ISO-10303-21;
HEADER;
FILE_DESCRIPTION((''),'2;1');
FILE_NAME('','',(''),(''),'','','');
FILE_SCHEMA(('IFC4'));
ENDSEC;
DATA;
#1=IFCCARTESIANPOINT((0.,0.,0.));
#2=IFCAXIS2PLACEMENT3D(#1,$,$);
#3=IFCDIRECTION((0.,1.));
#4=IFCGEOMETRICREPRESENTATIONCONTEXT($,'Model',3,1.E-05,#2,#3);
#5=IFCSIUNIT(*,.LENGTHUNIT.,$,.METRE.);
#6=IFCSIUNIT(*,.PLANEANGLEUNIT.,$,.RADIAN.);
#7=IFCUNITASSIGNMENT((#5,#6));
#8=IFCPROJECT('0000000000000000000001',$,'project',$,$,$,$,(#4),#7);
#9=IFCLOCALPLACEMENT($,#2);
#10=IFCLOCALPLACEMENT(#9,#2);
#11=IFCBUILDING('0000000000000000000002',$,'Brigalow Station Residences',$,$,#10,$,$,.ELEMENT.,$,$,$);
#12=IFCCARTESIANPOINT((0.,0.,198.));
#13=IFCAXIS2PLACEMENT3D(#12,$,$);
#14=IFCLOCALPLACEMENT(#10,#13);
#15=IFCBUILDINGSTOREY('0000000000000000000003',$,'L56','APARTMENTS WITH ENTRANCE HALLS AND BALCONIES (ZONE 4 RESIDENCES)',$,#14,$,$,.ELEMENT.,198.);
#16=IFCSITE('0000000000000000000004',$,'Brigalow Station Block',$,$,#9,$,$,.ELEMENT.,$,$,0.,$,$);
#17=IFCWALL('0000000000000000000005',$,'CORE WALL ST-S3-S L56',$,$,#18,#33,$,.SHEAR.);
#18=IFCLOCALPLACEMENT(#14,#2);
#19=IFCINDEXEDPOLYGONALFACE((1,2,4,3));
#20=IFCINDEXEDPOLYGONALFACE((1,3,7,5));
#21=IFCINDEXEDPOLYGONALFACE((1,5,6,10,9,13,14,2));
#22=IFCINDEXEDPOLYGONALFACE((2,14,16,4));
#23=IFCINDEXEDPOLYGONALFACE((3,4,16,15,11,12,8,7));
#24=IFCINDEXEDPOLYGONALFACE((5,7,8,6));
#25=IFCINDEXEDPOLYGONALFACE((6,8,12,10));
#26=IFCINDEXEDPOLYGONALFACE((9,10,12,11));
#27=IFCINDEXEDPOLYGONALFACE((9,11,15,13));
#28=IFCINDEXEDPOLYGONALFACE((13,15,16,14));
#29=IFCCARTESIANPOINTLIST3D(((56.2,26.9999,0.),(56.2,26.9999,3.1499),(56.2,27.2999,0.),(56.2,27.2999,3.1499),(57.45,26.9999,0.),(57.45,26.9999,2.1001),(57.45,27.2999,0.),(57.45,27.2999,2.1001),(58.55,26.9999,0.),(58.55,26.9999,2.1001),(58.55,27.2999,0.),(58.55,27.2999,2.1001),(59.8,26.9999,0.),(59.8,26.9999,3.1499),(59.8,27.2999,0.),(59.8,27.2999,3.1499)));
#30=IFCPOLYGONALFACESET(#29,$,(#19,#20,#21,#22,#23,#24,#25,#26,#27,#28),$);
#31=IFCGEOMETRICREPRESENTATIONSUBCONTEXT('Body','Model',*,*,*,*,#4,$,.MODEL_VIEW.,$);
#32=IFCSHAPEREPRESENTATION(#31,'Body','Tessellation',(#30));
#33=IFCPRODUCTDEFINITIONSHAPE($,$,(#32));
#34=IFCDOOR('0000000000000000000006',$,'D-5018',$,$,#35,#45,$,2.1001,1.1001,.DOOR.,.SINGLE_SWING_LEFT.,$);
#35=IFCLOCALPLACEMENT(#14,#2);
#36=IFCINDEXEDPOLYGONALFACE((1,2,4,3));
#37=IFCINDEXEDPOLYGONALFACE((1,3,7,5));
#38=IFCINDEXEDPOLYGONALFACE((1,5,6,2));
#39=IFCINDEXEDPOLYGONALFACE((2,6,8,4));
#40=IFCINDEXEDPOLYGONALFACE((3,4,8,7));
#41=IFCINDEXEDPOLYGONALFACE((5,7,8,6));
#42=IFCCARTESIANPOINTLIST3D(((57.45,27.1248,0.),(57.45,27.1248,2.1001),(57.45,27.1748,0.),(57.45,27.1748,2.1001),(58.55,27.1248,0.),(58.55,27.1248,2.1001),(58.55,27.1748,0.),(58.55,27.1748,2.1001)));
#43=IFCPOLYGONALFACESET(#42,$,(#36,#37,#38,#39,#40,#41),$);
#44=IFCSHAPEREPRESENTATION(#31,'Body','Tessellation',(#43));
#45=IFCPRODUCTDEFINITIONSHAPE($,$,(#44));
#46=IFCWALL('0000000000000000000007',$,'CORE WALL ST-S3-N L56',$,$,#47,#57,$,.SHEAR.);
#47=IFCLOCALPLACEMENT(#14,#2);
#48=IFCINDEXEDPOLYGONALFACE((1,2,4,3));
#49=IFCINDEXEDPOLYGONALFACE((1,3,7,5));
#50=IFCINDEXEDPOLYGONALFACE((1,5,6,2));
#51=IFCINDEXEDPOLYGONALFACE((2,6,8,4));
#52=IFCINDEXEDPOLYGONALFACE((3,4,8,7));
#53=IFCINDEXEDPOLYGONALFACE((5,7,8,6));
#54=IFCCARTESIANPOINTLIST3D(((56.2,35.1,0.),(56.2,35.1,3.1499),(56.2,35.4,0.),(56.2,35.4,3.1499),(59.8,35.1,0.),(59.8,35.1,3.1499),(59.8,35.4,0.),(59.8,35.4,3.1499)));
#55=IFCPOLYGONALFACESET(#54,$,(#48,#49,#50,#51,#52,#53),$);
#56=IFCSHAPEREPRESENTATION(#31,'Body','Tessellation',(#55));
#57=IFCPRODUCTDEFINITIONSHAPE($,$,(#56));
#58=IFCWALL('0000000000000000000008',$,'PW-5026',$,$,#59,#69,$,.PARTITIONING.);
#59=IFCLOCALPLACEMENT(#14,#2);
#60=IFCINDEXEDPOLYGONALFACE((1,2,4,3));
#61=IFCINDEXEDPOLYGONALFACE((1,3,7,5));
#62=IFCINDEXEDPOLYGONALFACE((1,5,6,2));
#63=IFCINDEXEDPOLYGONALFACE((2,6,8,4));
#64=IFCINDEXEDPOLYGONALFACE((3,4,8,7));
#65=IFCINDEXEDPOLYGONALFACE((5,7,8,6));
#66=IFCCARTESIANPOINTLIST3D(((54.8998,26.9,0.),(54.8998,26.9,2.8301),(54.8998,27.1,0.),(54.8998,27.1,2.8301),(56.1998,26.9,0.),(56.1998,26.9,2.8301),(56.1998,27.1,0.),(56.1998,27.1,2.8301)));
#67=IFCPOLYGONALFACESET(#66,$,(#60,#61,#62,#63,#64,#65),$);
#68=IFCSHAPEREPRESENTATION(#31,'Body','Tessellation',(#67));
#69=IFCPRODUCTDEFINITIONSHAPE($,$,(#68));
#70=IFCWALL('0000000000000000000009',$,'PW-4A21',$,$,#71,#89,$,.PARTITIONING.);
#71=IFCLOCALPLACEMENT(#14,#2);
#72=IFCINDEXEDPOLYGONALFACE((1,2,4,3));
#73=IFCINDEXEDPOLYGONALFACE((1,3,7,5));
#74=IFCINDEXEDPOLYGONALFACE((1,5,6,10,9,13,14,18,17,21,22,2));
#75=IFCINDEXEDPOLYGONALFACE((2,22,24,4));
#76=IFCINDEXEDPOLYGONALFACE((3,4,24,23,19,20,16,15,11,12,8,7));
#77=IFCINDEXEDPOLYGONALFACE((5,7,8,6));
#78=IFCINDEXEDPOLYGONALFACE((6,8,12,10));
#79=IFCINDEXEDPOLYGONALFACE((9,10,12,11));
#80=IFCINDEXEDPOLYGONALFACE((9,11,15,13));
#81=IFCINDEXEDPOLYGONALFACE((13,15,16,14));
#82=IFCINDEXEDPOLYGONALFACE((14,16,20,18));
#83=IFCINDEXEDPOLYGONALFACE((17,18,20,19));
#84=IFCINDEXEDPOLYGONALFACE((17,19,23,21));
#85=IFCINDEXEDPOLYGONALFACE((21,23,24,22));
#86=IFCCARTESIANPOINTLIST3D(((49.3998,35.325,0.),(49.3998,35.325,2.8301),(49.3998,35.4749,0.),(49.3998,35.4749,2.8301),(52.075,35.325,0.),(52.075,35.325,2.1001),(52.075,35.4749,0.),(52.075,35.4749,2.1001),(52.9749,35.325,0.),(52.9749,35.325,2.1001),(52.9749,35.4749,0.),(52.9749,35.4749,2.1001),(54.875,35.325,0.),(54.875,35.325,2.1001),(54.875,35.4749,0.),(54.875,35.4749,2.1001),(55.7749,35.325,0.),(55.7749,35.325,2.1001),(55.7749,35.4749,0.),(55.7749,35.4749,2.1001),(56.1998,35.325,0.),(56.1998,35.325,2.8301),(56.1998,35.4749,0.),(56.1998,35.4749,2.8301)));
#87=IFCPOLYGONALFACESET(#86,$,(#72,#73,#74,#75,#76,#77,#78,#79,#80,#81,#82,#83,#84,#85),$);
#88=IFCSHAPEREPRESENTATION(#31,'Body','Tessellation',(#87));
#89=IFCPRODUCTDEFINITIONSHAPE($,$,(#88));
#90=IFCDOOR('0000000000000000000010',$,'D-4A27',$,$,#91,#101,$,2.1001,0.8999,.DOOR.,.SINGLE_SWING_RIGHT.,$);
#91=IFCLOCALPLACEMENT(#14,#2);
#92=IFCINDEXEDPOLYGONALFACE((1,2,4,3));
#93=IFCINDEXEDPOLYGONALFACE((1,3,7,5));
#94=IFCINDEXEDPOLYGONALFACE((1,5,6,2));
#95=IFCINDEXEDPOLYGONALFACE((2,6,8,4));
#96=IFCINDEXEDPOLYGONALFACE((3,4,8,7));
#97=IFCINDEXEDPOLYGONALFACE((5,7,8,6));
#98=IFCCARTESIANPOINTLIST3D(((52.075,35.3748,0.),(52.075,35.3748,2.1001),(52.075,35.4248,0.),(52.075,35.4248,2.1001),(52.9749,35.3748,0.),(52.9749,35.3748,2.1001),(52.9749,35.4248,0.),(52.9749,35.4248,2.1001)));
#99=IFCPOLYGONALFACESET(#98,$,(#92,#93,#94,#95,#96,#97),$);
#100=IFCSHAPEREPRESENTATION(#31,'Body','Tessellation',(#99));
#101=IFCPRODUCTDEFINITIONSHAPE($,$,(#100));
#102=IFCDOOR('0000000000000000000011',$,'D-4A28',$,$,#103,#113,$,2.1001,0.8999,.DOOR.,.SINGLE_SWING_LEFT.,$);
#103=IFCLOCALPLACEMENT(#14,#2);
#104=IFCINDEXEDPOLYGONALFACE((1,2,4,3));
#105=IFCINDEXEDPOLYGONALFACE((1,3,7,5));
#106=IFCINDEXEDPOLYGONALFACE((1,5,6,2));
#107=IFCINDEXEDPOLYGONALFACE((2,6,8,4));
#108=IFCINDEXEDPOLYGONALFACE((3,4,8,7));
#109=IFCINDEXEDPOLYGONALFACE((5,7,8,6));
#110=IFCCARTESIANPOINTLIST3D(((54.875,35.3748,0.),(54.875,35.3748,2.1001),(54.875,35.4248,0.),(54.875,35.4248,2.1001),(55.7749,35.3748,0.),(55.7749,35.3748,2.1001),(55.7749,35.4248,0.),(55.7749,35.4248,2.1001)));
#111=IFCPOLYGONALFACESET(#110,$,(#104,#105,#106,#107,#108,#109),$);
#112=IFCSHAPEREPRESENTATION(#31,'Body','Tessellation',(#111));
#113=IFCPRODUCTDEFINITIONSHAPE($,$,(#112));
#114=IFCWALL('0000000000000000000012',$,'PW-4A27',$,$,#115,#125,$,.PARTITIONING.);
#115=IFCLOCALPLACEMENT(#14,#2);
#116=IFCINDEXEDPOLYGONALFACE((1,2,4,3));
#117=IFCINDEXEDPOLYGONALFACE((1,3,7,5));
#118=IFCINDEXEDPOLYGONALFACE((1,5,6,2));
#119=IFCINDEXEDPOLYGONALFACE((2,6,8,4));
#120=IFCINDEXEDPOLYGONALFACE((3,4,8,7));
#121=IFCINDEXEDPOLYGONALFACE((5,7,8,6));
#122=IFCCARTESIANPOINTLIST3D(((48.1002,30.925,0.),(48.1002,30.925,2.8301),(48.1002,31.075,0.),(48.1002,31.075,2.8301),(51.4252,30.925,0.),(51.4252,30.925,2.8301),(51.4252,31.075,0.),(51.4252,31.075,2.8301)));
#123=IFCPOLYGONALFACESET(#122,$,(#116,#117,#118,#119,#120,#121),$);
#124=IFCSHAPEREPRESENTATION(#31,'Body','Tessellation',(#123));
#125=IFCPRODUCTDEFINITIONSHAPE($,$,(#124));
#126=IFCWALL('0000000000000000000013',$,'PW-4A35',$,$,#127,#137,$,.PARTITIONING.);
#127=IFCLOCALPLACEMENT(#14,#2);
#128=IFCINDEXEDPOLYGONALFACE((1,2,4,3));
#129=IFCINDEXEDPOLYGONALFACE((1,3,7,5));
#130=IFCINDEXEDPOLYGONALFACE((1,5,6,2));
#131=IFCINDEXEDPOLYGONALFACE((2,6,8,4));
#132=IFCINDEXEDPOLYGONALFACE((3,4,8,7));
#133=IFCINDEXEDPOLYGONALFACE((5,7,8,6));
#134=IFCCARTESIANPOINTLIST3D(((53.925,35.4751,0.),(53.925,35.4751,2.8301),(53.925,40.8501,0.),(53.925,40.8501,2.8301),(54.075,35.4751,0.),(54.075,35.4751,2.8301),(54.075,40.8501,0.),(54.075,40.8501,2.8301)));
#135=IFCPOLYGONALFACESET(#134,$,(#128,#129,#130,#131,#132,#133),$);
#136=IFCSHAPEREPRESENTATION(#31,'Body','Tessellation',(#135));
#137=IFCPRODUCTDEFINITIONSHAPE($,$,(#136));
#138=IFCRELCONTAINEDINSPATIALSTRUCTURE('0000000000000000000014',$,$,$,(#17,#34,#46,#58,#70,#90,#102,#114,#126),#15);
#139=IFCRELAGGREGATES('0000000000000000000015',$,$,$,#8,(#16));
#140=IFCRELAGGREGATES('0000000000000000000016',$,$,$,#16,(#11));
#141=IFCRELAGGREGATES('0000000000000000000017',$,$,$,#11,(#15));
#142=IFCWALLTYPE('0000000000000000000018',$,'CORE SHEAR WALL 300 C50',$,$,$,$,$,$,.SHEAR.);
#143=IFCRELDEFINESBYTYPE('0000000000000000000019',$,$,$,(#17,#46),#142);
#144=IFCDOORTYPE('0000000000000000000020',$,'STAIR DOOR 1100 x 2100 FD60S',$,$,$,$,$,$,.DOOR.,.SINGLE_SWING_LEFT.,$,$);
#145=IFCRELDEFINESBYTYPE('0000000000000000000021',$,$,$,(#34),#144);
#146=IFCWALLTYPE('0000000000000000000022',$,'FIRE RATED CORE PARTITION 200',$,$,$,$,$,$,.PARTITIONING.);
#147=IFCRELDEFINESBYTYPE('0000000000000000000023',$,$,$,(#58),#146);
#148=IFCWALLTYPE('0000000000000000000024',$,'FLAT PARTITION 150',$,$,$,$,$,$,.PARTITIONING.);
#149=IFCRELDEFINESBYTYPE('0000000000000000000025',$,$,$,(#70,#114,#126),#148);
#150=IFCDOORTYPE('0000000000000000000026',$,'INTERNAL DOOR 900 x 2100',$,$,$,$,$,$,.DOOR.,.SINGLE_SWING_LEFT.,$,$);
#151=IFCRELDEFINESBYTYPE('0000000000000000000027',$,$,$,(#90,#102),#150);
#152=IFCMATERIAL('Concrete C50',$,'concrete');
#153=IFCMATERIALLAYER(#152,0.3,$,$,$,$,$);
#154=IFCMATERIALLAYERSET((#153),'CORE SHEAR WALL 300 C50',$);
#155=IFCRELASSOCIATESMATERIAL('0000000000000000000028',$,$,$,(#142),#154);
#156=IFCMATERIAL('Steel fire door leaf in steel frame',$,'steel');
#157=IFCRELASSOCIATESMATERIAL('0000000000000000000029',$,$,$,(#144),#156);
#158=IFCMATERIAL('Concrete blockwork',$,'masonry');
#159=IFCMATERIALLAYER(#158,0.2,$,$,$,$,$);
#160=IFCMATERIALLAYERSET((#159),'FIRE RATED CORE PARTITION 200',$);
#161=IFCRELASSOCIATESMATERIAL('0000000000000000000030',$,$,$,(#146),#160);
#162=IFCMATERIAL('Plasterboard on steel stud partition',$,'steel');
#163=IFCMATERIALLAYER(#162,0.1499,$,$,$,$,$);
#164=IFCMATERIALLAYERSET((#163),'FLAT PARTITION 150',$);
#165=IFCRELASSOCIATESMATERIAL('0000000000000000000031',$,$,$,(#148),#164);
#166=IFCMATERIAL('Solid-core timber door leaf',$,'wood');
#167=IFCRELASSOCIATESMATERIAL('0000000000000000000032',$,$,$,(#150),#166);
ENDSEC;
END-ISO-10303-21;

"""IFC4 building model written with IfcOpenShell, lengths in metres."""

from ifc_helpers import new_model, si_unit, direction, frame, frame_2d, origin, place, context, subcontext, project, spatial, rectangle, extrude, material, layer, layer_set, type_object, element, fill, save


model = new_model("IFC4")

# Units and contexts
model_context = context("Model", 3, precision=1e-05, world=origin(), true_north=direction((0.0, 1.0)))
body_context = subcontext(model_context, "Body", "Model", "MODEL_VIEW")
ifc_project = project(units=[si_unit("LENGTHUNIT", "METRE"), si_unit("PLANEANGLEUNIT", "RADIAN")], contexts=[model_context])

# Site, building, storey
site_placement = place(None, origin())
site = spatial("IfcSite", under=ifc_project, at=site_placement, Name="Brigalow Station Block", CompositionType="ELEMENT", RefElevation=0.0)
building_placement = place(site_placement, origin())
building = spatial("IfcBuilding", under=site, at=building_placement, Name="Brigalow Station Residences", CompositionType="ELEMENT")
storey_placement = place(building_placement, frame((0.0, 0.0, 198.0)))
storey = spatial("IfcBuildingStorey", under=building, at=storey_placement, Name="L56", Description="APARTMENTS WITH ENTRANCE HALLS AND BALCONIES (ZONE 4 RESIDENCES)", CompositionType="ELEMENT", Elevation=198.0)

# Wall, opening, door
ifc_material_1 = material(Name="Concrete C50", Category="concrete")
ifc_layer_1 = layer(ifc_material_1, 0.3)
ifc_layer_set_1 = layer_set([ifc_layer_1], Name="CORE SHEAR WALL 300 C50")
wall_type_1 = type_object("IfcWallType", Name="CORE SHEAR WALL 300 C50", PredefinedType="SHEAR", material=ifc_layer_set_1)
wall_1_placement = place(storey_placement, frame((56.2, 27.1499, 0.0), z_axis=(0.0, 0.0, 1.0), x_axis=(1.0, 0.0, 0.0)))
wall_1 = element("IfcWall", 1, at=wall_1_placement, inside=storey, type_object=wall_type_1, Name="CORE WALL ST-S3-S L56", PredefinedType="SHEAR", context=body_context, shape_type="SweptSolid", body=[
    extrude(rectangle(XDim=3.6001, YDim=0.3, at=frame_2d((1.8, 0.0))), origin(), (0.0, 0.0, 1.0), 3.1499),
])
opening_1_placement = place(wall_1_placement, frame((1.25, 0.0, 0.0)))
opening_1 = element("IfcOpeningElement", 2, at=opening_1_placement, cuts=wall_1, PredefinedType="OPENING", context=body_context, shape_type="SweptSolid", body=[
    extrude(rectangle(XDim=1.1001, YDim=2.1001, at=frame_2d((0.55, 1.05))), frame((0.0, 0.1602, 0.0), z_axis=(0.0, -1.0, 0.0), x_axis=(1.0, 0.0, 0.0)), (0.0, 0.0, 1.0), 0.3201),
])
ifc_material_2 = material(Name="Steel fire door leaf in steel frame", Category="steel")
door_type_1 = type_object("IfcDoorType", Name="STAIR DOOR 1100 x 2100 FD60S", OperationType="SINGLE_SWING_LEFT", PredefinedType="DOOR", material=ifc_material_2)
door_1_placement = place(opening_1_placement, origin())
door_1 = element("IfcDoor", 3, at=door_1_placement, inside=storey, type_object=door_type_1, Name="D-5018", OperationType="SINGLE_SWING_LEFT", OverallHeight=2.1001, OverallWidth=1.1001, PredefinedType="DOOR", context=body_context, shape_type="SweptSolid", body=[
    extrude(rectangle(XDim=1.1001, YDim=2.1001, at=frame_2d((0.55, 1.05))), frame((0.0, 0.0249, 0.0), z_axis=(0.0, -1.0, 0.0), x_axis=(1.0, 0.0, 0.0)), (0.0, 0.0, 1.0), 0.05),
])
fill(opening_1, door_1)

# Walls
wall_2_placement = place(storey_placement, frame((56.2, 35.25, 0.0), z_axis=(0.0, 0.0, 1.0), x_axis=(1.0, 0.0, 0.0)))
element("IfcWall", 4, at=wall_2_placement, inside=storey, type_object=wall_type_1, Name="CORE WALL ST-S3-N L56", PredefinedType="SHEAR", context=body_context, shape_type="SweptSolid", body=[
    extrude(rectangle(XDim=3.6001, YDim=0.3, at=frame_2d((1.8, 0.0))), origin(), (0.0, 0.0, 1.0), 3.1499),
])
ifc_material_3 = material(Name="Concrete blockwork", Category="masonry")
ifc_layer_2 = layer(ifc_material_3, 0.2)
ifc_layer_set_2 = layer_set([ifc_layer_2], Name="FIRE RATED CORE PARTITION 200")
wall_type_2 = type_object("IfcWallType", Name="FIRE RATED CORE PARTITION 200", PredefinedType="PARTITIONING", material=ifc_layer_set_2)
wall_3_placement = place(storey_placement, frame((54.8999, 27.0, 0.0), z_axis=(0.0, 0.0, 1.0), x_axis=(1.0, 0.0, 0.0)))
element("IfcWall", 5, at=wall_3_placement, inside=storey, type_object=wall_type_2, Name="PW-5026", PredefinedType="PARTITIONING", context=body_context, shape_type="SweptSolid", body=[
    extrude(rectangle(XDim=1.3, YDim=0.2, at=frame_2d((0.6499, 0.0))), origin(), (0.0, 0.0, 1.0), 2.8301),
])

# Wall, openings, doors
ifc_material_4 = material(Name="Plasterboard on steel stud partition", Category="steel")
ifc_layer_3 = layer(ifc_material_4, 0.1499)
ifc_layer_set_3 = layer_set([ifc_layer_3], Name="FLAT PARTITION 150")
wall_type_3 = type_object("IfcWallType", Name="FLAT PARTITION 150", PredefinedType="PARTITIONING", material=ifc_layer_set_3)
wall_4_placement = place(storey_placement, frame((49.3999, 35.3999, 0.0), z_axis=(0.0, 0.0, 1.0), x_axis=(1.0, 0.0, 0.0)))
wall_4 = element("IfcWall", 6, at=wall_4_placement, inside=storey, type_object=wall_type_3, Name="PW-4A21", PredefinedType="PARTITIONING", context=body_context, shape_type="SweptSolid", body=[
    extrude(rectangle(XDim=6.8, YDim=0.1499, at=frame_2d((3.3999, 0.0))), origin(), (0.0, 0.0, 1.0), 2.8301),
])
opening_2_placement = place(wall_4_placement, frame((2.675, 0.0, 0.0)))
opening_2 = element("IfcOpeningElement", 7, at=opening_2_placement, cuts=wall_4, PredefinedType="OPENING", context=body_context, shape_type="SweptSolid", body=[
    extrude(rectangle(XDim=0.8999, YDim=2.1001, at=frame_2d((0.45, 1.05))), frame((0.0, 0.085, 0.0), z_axis=(0.0, -1.0, 0.0), x_axis=(1.0, 0.0, 0.0)), (0.0, 0.0, 1.0), 0.1699),
])
opening_3_placement = place(wall_4_placement, frame((5.4751, 0.0, 0.0)))
opening_3 = element("IfcOpeningElement", 8, at=opening_3_placement, cuts=wall_4, PredefinedType="OPENING", context=body_context, shape_type="SweptSolid", body=[
    extrude(rectangle(XDim=0.8999, YDim=2.1001, at=frame_2d((0.45, 1.05))), frame((0.0, 0.085, 0.0), z_axis=(0.0, -1.0, 0.0), x_axis=(1.0, 0.0, 0.0)), (0.0, 0.0, 1.0), 0.1699),
])
ifc_material_5 = material(Name="Solid-core timber door leaf", Category="wood")
door_type_2 = type_object("IfcDoorType", Name="INTERNAL DOOR 900 x 2100", OperationType="SINGLE_SWING_LEFT", PredefinedType="DOOR", material=ifc_material_5)
door_2_placement = place(opening_2_placement, origin())
door_2 = element("IfcDoor", 9, at=door_2_placement, inside=storey, type_object=door_type_2, Name="D-4A27", OperationType="SINGLE_SWING_RIGHT", OverallHeight=2.1001, OverallWidth=0.8999, PredefinedType="DOOR", context=body_context, shape_type="SweptSolid", body=[
    extrude(rectangle(XDim=0.8999, YDim=2.1001, at=frame_2d((0.45, 1.05))), frame((0.0, 0.0249, 0.0), z_axis=(0.0, -1.0, 0.0), x_axis=(1.0, 0.0, 0.0)), (0.0, 0.0, 1.0), 0.05),
])
fill(opening_2, door_2)
door_3_placement = place(opening_3_placement, origin())
door_3 = element("IfcDoor", 10, at=door_3_placement, inside=storey, type_object=door_type_2, Name="D-4A28", OperationType="SINGLE_SWING_LEFT", OverallHeight=2.1001, OverallWidth=0.8999, PredefinedType="DOOR", context=body_context, shape_type="SweptSolid", body=[
    extrude(rectangle(XDim=0.8999, YDim=2.1001, at=frame_2d((0.45, 1.05))), frame((0.0, 0.0249, 0.0), z_axis=(0.0, -1.0, 0.0), x_axis=(1.0, 0.0, 0.0)), (0.0, 0.0, 1.0), 0.05),
])
fill(opening_3, door_3)

# Walls
wall_5_placement = place(storey_placement, frame((48.1001, 31.0, 0.0), z_axis=(0.0, 0.0, 1.0), x_axis=(1.0, 0.0, 0.0)))
element("IfcWall", 11, at=wall_5_placement, inside=storey, type_object=wall_type_3, Name="PW-4A27", PredefinedType="PARTITIONING", context=body_context, shape_type="SweptSolid", body=[
    extrude(rectangle(XDim=3.325, YDim=0.1499, at=frame_2d((1.6626, 0.0))), origin(), (0.0, 0.0, 1.0), 2.8301),
])
wall_6_placement = place(storey_placement, frame((54.0, 35.4751, 0.0), z_axis=(0.0, 0.0, 1.0), x_axis=(0.0, 1.0, 0.0)))
element("IfcWall", 12, at=wall_6_placement, inside=storey, type_object=wall_type_3, Name="PW-4A35", PredefinedType="PARTITIONING", context=body_context, shape_type="SweptSolid", body=[
    extrude(rectangle(XDim=5.375, YDim=0.1499, at=frame_2d((2.6875, 0.0))), origin(), (0.0, 0.0, 1.0), 2.8301),
])

save(model, "model.ifc")
